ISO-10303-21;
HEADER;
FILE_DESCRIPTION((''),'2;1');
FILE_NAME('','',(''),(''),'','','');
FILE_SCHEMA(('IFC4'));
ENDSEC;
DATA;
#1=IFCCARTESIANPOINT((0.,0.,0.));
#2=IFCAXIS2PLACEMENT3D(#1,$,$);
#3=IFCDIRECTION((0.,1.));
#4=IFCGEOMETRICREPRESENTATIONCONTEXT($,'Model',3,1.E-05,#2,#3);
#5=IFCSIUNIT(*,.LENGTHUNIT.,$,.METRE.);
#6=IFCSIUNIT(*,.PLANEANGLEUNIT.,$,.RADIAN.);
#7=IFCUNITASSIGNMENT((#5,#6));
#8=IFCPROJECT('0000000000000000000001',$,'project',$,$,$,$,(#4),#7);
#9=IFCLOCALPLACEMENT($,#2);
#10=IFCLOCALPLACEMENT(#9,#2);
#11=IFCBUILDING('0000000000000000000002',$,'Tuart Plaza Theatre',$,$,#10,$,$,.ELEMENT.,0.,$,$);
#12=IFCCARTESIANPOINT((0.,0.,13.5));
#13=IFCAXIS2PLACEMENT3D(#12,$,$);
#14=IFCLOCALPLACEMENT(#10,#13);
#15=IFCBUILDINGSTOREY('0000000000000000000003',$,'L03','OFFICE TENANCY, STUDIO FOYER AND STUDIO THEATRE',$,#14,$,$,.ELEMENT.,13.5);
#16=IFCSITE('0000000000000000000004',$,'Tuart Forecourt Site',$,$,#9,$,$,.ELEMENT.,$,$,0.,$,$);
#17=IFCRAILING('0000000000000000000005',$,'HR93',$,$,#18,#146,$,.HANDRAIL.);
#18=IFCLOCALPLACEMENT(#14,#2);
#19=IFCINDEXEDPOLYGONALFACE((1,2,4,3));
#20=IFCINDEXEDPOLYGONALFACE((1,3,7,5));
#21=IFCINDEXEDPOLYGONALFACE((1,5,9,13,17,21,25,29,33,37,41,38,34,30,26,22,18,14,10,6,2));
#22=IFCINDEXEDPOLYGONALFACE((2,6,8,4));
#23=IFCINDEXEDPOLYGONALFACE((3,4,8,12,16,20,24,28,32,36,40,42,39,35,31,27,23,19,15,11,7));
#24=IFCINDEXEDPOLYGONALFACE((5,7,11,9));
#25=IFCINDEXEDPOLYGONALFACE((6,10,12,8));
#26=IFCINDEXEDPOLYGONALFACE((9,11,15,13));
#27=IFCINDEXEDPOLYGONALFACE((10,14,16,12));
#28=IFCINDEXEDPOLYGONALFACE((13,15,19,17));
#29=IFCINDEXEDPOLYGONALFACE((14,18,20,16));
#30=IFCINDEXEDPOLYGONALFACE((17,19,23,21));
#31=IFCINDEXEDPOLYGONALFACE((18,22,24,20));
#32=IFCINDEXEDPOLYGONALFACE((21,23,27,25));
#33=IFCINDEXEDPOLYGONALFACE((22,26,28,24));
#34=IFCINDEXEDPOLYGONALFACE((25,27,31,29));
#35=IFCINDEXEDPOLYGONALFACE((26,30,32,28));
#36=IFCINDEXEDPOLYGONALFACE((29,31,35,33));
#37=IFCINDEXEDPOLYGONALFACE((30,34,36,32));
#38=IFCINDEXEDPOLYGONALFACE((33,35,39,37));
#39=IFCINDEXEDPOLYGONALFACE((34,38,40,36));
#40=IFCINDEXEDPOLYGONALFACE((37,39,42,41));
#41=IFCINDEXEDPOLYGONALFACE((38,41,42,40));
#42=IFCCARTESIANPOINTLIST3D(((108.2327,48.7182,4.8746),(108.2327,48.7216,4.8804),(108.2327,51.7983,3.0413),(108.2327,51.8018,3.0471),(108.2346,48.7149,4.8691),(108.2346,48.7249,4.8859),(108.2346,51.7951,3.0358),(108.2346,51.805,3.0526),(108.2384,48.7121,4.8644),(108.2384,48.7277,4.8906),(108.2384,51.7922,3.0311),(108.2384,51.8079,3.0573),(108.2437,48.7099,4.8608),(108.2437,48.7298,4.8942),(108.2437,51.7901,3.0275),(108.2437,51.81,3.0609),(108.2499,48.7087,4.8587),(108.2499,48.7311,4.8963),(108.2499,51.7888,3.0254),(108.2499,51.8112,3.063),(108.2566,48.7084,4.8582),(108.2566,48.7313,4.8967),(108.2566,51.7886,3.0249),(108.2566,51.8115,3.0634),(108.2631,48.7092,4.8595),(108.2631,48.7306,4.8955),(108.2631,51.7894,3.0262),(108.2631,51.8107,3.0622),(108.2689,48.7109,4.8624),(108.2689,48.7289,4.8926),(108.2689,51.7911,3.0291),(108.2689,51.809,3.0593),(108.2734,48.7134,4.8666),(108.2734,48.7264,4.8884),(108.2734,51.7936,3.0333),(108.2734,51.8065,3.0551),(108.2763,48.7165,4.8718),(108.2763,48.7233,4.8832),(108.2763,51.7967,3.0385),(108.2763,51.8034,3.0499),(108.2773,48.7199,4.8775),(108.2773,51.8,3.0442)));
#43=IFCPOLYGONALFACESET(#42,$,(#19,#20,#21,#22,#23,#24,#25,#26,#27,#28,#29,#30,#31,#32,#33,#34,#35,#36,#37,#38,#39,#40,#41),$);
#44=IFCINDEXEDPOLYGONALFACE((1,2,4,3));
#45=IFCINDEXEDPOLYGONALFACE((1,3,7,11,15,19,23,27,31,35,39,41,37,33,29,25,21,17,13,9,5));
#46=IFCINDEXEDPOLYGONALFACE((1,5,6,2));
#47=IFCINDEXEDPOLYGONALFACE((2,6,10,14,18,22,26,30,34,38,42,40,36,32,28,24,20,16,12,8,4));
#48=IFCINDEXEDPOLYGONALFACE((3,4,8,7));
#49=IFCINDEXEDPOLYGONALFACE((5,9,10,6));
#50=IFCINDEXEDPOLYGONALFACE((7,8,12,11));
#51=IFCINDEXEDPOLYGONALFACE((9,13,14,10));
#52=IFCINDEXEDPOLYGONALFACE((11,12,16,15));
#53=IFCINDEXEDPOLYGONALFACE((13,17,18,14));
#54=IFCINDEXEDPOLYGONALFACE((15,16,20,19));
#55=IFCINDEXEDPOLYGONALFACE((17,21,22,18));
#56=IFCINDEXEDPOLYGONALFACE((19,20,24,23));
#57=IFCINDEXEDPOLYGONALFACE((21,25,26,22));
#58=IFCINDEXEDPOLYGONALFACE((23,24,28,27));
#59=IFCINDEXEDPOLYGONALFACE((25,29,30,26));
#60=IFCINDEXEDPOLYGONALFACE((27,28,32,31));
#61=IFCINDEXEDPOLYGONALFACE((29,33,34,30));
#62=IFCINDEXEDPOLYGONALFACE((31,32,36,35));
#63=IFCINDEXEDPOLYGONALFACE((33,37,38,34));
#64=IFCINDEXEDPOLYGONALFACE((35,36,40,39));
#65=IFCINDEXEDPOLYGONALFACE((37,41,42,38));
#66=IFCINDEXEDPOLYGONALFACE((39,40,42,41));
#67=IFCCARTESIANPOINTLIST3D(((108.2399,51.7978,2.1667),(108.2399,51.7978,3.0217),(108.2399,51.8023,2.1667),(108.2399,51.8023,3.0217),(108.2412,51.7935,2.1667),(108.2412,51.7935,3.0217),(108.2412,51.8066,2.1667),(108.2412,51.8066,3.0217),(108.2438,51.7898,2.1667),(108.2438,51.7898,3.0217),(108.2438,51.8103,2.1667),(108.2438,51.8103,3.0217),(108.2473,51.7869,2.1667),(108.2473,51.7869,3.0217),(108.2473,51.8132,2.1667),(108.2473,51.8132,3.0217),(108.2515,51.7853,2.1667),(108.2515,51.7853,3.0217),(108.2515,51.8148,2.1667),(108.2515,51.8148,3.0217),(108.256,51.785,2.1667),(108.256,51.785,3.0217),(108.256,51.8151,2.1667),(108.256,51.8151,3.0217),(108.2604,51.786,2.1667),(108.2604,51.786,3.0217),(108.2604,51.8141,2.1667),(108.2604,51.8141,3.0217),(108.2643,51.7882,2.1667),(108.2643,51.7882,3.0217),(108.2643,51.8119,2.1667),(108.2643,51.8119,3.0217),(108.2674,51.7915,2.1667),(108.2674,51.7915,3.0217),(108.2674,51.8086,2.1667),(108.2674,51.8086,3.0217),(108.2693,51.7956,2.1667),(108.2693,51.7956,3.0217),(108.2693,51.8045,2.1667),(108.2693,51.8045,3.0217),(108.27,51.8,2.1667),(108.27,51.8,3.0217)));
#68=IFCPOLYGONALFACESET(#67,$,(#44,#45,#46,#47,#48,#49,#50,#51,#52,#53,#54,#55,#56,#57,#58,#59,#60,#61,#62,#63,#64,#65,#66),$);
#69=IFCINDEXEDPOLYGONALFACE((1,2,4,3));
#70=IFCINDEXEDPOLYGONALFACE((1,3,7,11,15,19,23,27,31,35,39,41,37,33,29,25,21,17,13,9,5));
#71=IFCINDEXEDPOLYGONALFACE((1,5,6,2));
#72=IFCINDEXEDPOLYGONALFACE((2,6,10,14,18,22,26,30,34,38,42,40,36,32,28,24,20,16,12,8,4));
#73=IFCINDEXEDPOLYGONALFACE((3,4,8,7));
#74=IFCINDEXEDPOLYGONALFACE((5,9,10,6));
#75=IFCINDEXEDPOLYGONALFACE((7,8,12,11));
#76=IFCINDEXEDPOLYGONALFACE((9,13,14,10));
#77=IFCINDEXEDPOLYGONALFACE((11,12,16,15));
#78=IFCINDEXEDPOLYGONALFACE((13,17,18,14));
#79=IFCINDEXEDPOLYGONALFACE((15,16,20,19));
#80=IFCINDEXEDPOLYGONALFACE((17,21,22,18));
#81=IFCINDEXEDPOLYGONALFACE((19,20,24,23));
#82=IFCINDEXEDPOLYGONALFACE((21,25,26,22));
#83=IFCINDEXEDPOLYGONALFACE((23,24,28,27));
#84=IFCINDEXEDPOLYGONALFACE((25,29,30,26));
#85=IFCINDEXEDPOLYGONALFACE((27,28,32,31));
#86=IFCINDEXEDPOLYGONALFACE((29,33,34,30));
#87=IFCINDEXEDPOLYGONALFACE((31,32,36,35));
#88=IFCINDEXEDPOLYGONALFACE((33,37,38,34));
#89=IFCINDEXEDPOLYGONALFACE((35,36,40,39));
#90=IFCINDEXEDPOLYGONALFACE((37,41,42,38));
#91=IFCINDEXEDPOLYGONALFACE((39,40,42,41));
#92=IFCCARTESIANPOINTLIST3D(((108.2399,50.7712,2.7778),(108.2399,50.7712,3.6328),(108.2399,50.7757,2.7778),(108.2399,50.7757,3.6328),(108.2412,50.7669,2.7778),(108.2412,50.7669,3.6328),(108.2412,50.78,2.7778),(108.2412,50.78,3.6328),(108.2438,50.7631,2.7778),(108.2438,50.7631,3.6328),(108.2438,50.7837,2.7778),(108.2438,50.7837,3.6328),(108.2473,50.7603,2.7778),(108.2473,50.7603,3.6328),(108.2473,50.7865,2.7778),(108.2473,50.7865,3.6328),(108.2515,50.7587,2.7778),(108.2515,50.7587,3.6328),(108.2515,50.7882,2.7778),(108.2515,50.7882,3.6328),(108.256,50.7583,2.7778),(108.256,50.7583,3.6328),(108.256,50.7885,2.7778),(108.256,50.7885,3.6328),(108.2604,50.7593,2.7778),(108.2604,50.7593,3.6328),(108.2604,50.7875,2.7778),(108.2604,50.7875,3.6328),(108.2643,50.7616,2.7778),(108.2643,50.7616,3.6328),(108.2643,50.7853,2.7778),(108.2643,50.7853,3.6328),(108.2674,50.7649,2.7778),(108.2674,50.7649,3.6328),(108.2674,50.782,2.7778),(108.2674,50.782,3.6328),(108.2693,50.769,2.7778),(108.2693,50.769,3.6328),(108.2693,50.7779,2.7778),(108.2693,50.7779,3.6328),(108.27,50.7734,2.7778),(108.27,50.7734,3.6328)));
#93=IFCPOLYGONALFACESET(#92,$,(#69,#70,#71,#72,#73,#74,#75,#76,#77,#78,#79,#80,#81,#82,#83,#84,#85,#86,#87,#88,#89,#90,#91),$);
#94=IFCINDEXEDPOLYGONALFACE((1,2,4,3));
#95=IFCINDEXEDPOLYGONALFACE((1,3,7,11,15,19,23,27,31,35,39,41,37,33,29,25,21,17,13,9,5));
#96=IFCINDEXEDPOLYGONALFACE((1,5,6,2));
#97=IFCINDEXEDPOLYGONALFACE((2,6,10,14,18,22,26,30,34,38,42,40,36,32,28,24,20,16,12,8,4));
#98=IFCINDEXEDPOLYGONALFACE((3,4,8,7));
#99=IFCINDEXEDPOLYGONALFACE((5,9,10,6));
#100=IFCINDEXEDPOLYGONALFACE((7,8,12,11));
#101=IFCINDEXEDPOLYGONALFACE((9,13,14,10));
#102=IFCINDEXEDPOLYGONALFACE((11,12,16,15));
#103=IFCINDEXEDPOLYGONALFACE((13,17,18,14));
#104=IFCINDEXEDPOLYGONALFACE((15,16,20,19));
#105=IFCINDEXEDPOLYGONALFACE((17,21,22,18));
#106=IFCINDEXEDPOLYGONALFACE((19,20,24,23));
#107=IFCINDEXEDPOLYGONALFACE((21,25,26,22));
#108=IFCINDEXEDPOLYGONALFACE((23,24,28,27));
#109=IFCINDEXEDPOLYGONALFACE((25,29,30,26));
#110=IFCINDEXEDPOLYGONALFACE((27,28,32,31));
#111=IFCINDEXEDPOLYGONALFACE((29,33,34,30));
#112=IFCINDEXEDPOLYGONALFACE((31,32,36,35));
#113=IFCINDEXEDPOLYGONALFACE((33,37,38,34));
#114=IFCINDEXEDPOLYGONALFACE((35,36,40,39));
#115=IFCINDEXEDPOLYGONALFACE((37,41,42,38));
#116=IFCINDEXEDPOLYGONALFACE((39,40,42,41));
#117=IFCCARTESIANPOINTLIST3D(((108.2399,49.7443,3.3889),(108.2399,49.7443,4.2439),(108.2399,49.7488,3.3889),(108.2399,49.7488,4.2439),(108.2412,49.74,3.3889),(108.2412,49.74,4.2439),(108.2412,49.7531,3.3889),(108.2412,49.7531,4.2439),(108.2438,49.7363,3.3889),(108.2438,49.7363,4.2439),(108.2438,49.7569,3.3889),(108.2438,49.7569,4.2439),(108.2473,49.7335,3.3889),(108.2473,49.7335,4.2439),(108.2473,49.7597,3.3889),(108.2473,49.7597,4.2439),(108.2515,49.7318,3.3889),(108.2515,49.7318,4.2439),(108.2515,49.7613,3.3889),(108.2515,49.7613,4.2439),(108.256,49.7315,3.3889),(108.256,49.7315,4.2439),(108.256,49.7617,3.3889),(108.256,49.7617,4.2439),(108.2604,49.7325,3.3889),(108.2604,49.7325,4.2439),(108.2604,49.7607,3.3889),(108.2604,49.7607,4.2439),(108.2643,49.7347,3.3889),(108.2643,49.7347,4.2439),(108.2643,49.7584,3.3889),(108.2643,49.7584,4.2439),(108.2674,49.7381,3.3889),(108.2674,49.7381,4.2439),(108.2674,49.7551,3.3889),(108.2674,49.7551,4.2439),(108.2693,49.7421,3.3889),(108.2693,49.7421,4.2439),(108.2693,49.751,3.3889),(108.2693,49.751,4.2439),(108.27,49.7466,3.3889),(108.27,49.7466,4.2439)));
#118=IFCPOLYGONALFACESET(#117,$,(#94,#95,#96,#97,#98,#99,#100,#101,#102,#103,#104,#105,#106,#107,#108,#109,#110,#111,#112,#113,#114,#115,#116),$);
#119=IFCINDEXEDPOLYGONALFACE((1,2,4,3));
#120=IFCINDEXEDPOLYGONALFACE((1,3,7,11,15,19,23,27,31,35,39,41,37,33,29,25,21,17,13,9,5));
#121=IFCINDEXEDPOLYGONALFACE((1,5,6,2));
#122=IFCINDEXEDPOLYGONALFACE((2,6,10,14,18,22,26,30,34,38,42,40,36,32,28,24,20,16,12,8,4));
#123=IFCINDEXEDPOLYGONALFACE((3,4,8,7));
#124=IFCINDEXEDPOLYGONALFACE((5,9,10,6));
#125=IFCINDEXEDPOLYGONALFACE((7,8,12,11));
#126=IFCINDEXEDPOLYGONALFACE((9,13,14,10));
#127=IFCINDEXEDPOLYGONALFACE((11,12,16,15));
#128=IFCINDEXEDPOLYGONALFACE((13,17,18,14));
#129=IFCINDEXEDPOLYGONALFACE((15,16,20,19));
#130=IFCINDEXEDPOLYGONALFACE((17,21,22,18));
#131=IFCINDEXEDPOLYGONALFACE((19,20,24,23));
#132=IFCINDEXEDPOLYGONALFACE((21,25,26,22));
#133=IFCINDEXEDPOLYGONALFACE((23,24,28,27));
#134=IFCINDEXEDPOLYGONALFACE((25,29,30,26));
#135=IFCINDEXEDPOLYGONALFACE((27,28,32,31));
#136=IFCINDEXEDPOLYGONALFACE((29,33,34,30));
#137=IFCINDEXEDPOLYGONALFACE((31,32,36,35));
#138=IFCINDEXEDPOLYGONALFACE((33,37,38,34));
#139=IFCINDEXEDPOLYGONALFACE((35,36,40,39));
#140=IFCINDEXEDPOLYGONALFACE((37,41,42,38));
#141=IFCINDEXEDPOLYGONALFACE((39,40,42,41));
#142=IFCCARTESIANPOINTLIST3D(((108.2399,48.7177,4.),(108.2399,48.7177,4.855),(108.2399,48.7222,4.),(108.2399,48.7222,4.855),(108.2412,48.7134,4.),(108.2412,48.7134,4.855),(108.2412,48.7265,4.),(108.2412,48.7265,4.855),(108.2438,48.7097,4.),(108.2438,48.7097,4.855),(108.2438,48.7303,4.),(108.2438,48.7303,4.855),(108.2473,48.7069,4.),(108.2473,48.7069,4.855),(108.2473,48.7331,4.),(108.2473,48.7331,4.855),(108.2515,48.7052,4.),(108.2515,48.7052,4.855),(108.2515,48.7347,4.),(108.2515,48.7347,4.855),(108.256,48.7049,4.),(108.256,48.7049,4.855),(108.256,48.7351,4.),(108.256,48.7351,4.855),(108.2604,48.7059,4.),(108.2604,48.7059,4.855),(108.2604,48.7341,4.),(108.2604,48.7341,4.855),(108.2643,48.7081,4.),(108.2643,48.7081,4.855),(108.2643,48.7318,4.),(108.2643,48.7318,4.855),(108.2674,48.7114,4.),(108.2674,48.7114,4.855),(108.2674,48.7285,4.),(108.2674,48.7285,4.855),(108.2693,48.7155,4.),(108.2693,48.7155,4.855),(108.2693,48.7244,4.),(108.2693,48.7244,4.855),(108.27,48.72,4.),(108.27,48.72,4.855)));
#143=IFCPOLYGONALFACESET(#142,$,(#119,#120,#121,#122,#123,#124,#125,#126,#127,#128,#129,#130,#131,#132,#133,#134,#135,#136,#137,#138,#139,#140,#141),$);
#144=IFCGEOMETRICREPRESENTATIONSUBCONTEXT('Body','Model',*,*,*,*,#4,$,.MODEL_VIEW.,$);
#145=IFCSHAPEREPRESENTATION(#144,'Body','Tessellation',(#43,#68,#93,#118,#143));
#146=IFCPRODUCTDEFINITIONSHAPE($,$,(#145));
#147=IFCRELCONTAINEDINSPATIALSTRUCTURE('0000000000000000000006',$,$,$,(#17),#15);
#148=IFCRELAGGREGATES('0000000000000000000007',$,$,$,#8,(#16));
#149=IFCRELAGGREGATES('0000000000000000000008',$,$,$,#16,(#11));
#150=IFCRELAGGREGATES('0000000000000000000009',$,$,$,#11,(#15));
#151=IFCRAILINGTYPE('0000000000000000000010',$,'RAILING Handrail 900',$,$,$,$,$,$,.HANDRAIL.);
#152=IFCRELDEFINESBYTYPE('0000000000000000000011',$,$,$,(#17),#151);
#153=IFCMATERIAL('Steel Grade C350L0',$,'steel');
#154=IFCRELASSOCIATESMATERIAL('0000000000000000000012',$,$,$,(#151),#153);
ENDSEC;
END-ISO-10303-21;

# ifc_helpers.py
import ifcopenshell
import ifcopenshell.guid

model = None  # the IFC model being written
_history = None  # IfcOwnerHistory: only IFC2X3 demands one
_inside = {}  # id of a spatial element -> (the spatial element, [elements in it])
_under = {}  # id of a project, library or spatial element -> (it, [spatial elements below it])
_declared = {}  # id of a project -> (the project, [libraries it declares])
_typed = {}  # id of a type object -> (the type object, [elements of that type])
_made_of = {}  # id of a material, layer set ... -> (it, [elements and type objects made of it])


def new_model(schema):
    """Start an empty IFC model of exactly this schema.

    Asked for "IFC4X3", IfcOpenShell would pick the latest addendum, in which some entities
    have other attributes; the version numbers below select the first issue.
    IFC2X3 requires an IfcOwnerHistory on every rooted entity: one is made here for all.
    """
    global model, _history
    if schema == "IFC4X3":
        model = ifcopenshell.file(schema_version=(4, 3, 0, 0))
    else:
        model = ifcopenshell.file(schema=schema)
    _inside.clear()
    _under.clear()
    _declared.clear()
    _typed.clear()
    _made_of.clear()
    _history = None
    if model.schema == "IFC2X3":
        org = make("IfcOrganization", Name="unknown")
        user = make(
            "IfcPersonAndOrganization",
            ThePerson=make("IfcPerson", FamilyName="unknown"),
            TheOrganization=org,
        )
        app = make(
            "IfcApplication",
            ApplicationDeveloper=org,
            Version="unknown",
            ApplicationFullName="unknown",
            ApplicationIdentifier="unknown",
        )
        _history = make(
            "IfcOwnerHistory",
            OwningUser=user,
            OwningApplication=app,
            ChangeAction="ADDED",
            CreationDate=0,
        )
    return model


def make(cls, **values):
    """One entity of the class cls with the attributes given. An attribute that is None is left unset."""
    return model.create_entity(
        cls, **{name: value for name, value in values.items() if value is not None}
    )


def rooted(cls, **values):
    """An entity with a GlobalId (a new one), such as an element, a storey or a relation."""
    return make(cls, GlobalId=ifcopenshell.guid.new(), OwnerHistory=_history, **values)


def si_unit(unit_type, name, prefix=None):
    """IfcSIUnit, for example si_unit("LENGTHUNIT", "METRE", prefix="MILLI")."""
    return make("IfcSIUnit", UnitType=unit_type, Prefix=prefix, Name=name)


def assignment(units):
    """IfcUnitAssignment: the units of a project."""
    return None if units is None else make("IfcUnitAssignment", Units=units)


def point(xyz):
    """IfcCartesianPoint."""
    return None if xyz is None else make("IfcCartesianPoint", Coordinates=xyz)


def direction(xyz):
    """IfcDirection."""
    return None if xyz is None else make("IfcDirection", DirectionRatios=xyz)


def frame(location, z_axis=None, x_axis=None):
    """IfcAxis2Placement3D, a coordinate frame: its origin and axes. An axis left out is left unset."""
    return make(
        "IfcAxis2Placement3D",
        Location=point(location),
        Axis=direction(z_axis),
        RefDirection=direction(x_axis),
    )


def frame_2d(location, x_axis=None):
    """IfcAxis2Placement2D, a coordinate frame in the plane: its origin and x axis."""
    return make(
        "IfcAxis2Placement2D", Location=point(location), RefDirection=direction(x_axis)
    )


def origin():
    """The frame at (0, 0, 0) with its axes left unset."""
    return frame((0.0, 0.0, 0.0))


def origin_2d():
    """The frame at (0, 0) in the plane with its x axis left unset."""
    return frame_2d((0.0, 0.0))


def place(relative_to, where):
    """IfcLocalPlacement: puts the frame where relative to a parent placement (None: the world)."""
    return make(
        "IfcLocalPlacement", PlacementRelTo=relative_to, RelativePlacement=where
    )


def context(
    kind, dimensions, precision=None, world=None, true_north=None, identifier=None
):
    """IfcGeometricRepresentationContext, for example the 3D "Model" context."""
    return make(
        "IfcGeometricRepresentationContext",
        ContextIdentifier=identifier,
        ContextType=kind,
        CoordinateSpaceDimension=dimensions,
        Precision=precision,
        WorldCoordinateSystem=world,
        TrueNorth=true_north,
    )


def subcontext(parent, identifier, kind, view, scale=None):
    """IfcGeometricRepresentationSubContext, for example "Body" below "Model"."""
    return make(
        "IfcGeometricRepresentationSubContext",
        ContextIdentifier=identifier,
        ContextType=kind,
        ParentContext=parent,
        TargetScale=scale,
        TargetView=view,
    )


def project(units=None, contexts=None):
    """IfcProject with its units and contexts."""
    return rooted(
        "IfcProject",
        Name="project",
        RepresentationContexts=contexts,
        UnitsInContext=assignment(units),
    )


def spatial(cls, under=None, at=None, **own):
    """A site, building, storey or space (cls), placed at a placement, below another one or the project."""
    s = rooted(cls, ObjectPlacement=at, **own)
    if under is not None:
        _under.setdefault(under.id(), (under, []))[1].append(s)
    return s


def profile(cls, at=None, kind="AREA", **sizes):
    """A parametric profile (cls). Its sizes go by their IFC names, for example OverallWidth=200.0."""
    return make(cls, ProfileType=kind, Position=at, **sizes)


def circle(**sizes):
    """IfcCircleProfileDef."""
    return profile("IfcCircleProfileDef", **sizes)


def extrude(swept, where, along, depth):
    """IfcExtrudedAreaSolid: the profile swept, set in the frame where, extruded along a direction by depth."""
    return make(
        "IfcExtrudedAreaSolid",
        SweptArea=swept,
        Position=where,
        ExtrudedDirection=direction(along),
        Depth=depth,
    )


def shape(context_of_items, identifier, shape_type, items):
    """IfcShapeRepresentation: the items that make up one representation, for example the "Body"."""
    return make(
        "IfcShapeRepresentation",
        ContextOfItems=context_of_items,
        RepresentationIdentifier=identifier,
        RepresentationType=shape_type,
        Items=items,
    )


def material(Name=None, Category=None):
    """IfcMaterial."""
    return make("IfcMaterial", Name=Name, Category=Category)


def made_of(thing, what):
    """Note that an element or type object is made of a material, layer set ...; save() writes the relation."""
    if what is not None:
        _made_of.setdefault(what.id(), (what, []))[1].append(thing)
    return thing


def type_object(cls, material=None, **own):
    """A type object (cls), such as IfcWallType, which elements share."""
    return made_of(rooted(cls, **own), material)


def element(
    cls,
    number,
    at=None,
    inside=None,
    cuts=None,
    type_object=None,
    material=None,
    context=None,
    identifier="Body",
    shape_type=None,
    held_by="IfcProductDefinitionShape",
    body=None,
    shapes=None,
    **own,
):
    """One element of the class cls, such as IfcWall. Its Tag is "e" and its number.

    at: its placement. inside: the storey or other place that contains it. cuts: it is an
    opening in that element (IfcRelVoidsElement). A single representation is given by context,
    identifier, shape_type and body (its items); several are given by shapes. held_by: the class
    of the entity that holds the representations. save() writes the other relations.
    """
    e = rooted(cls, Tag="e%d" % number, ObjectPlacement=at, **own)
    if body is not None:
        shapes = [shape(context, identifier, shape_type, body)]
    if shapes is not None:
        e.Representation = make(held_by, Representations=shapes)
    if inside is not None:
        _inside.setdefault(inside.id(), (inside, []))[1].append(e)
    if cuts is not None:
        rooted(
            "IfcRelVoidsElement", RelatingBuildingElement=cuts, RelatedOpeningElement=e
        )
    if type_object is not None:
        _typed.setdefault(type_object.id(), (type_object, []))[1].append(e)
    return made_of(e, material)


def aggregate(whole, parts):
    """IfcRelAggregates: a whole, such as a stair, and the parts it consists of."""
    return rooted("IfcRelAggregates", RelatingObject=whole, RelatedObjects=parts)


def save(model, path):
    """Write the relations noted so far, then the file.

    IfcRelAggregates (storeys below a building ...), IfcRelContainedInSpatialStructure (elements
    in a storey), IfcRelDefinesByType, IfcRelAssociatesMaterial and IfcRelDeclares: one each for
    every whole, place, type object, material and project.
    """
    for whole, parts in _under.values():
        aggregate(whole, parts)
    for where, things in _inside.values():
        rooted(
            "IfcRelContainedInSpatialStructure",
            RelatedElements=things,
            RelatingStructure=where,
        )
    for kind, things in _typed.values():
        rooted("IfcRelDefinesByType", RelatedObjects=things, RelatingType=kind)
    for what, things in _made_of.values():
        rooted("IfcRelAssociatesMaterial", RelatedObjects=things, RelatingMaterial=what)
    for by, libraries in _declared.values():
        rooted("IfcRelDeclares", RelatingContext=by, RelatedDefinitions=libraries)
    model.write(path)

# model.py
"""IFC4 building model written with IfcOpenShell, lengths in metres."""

from ifc_helpers import new_model, si_unit, direction, frame, origin, origin_2d, place, context, subcontext, project, spatial, circle, extrude, material, type_object, element, save


model = new_model("IFC4")

# Units and contexts
model_context = context("Model", 3, precision=1e-05, world=origin(), true_north=direction((0.0, 1.0)))
body_context = subcontext(model_context, "Body", "Model", "MODEL_VIEW")
ifc_project = project(units=[si_unit("LENGTHUNIT", "METRE"), si_unit("PLANEANGLEUNIT", "RADIAN")], contexts=[model_context])

# Site, building, storey
site_placement = place(None, origin())
site = spatial("IfcSite", under=ifc_project, at=site_placement, Name="Tuart Forecourt Site", CompositionType="ELEMENT", RefElevation=0.0)
building_placement = place(site_placement, origin())
building = spatial("IfcBuilding", under=site, at=building_placement, Name="Tuart Plaza Theatre", CompositionType="ELEMENT", ElevationOfRefHeight=0.0)
storey_placement = place(building_placement, frame((0.0, 0.0, 13.5)))
storey = spatial("IfcBuildingStorey", under=building, at=storey_placement, Name="L03", Description="OFFICE TENANCY, STUDIO FOYER AND STUDIO THEATRE", CompositionType="ELEMENT", Elevation=13.5)

# Railing
ifc_material_1 = material(Name="Steel Grade C350L0", Category="steel")
railing_type_1 = type_object("IfcRailingType", Name="RAILING Handrail 900", PredefinedType="HANDRAIL", material=ifc_material_1)
for number, where, name in (
    (1, (108.2549, 51.8, 2.1667), "HR93"),
):
    element("IfcRailing", number, at=place(storey_placement, frame(where)), inside=storey, type_object=railing_type_1, Name=name, PredefinedType="HANDRAIL", context=body_context, shape_type="SweptSolid", body=[
        extrude(circle(Radius=0.0225, at=origin_2d()), frame((0.0, 0.0, 0.8774), z_axis=(0.0, -0.859309, 0.511458), x_axis=(1.0, 0.0, 0.0)), (0.0, 0.0, 1.0), 3.5845),
        extrude(circle(Radius=0.0151, at=origin_2d()), origin(), (0.0, 0.0, 1.0), 0.855),
        extrude(circle(Radius=0.0151, at=origin_2d()), frame((0.0, -1.0266, 0.6111)), (0.0, 0.0, 1.0), 0.855),
        extrude(circle(Radius=0.0151, at=origin_2d()), frame((0.0, -2.0535, 1.2222)), (0.0, 0.0, 1.0), 0.855),
        extrude(circle(Radius=0.0151, at=origin_2d()), frame((0.0, -3.0801, 1.8333)), (0.0, 0.0, 1.0), 0.855),
    ])

save(model, "model.ifc")
